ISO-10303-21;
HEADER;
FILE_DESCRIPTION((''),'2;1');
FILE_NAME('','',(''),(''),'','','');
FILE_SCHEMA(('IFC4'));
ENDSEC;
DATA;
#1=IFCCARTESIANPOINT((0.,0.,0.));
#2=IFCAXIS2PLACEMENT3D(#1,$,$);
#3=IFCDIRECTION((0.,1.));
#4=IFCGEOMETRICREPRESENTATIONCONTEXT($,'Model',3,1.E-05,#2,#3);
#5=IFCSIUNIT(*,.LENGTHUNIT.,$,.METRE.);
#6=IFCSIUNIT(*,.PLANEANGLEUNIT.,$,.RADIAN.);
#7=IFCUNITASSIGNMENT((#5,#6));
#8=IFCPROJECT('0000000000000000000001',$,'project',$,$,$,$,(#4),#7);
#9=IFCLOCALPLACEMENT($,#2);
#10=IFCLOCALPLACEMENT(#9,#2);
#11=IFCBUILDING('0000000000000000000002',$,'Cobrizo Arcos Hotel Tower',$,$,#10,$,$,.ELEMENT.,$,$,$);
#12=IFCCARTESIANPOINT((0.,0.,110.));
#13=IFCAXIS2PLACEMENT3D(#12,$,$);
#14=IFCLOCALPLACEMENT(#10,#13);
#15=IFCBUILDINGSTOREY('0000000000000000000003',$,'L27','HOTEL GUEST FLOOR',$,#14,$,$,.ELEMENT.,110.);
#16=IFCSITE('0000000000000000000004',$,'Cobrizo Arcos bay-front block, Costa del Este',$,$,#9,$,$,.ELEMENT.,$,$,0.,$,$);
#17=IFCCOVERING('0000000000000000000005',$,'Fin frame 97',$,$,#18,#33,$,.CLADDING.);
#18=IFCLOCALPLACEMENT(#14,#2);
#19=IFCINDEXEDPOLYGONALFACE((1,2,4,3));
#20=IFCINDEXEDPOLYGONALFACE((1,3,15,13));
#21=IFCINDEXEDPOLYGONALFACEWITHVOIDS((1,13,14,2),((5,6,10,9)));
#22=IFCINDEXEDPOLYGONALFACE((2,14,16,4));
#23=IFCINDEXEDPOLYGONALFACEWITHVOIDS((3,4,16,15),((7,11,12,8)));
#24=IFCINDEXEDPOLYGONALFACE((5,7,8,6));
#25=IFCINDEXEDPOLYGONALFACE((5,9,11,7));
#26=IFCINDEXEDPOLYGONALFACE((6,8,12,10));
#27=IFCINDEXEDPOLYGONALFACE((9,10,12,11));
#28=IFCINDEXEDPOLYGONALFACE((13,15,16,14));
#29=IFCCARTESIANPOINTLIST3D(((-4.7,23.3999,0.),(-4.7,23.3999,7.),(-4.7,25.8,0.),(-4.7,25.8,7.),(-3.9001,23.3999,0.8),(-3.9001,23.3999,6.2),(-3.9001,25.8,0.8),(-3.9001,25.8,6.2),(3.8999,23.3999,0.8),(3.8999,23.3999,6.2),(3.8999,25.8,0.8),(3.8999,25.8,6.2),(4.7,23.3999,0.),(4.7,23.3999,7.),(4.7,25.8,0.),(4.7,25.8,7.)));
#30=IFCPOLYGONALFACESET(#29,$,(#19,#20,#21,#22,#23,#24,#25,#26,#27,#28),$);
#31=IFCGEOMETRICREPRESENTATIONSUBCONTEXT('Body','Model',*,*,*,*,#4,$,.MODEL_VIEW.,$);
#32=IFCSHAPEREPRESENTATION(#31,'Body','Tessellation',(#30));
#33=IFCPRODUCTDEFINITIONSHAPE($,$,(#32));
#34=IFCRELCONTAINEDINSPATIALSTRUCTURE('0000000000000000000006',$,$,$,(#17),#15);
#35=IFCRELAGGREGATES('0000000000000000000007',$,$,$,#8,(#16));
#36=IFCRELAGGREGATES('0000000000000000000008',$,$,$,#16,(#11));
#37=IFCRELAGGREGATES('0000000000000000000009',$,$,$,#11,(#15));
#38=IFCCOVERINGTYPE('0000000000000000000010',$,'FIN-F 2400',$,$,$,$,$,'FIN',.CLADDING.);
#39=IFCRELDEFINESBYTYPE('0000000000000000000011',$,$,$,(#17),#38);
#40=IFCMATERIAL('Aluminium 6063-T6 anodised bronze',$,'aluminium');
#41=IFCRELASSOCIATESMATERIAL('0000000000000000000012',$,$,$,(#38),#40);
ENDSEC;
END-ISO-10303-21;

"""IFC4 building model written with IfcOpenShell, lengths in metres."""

from ifc_helpers import new_model, si_unit, direction, frame, origin, place, context, subcontext, project, spatial, polyline, outline, extrude, material, type_object, element, save


model = new_model("IFC4")

# Units and contexts
model_context = context("Model", 3, precision=1e-05, world=origin(), true_north=direction((0.0, 1.0)))
body_context = subcontext(model_context, "Body", "Model", "MODEL_VIEW")
ifc_project = project(units=[si_unit("LENGTHUNIT", "METRE"), si_unit("PLANEANGLEUNIT", "RADIAN")], contexts=[model_context])

# Site, building, storey
site_placement = place(None, origin())
site = spatial("IfcSite", under=ifc_project, at=site_placement, Name="Cobrizo Arcos bay-front block, Costa del Este", CompositionType="ELEMENT", RefElevation=0.0)
building_placement = place(site_placement, origin())
building = spatial("IfcBuilding", under=site, at=building_placement, Name="Cobrizo Arcos Hotel Tower", CompositionType="ELEMENT")
storey_placement = place(building_placement, frame((0.0, 0.0, 110.0)))
storey = spatial("IfcBuildingStorey", under=building, at=storey_placement, Name="L27", Description="HOTEL GUEST FLOOR", CompositionType="ELEMENT", Elevation=110.0)

# Shared definitions
ifc_material_1 = material(Name="Aluminium 6063-T6 anodised bronze", Category="aluminium")

# Covering
covering_type = type_object("IfcCoveringType", Name="FIN-F 2400", ElementType="FIN", PredefinedType="CLADDING", material=ifc_material_1)
covering_placement = place(storey_placement, frame((4.7, 23.3999, 0.0), z_axis=(0.0, 1.0, 0.0), x_axis=(-1.0, 0.0, 0.0)))
element("IfcCovering", 1, at=covering_placement, inside=storey, type_object=covering_type, Name="Fin frame 97", PredefinedType="CLADDING", context=body_context, shape_type="SweptSolid", body=[
    extrude(outline(polyline([(0.0, 7.0), (0.0, 0.0), (9.3999, 0.0), (9.3999, 7.0), (0.0, 7.0)]), holes=[polyline([(8.6001, 0.8), (0.8, 0.8), (0.8, 6.2), (8.6001, 6.2), (8.6001, 0.8)])]), origin(), (0.0, 0.0, 1.0), 2.4001),
])

save(model, "model.ifc")
